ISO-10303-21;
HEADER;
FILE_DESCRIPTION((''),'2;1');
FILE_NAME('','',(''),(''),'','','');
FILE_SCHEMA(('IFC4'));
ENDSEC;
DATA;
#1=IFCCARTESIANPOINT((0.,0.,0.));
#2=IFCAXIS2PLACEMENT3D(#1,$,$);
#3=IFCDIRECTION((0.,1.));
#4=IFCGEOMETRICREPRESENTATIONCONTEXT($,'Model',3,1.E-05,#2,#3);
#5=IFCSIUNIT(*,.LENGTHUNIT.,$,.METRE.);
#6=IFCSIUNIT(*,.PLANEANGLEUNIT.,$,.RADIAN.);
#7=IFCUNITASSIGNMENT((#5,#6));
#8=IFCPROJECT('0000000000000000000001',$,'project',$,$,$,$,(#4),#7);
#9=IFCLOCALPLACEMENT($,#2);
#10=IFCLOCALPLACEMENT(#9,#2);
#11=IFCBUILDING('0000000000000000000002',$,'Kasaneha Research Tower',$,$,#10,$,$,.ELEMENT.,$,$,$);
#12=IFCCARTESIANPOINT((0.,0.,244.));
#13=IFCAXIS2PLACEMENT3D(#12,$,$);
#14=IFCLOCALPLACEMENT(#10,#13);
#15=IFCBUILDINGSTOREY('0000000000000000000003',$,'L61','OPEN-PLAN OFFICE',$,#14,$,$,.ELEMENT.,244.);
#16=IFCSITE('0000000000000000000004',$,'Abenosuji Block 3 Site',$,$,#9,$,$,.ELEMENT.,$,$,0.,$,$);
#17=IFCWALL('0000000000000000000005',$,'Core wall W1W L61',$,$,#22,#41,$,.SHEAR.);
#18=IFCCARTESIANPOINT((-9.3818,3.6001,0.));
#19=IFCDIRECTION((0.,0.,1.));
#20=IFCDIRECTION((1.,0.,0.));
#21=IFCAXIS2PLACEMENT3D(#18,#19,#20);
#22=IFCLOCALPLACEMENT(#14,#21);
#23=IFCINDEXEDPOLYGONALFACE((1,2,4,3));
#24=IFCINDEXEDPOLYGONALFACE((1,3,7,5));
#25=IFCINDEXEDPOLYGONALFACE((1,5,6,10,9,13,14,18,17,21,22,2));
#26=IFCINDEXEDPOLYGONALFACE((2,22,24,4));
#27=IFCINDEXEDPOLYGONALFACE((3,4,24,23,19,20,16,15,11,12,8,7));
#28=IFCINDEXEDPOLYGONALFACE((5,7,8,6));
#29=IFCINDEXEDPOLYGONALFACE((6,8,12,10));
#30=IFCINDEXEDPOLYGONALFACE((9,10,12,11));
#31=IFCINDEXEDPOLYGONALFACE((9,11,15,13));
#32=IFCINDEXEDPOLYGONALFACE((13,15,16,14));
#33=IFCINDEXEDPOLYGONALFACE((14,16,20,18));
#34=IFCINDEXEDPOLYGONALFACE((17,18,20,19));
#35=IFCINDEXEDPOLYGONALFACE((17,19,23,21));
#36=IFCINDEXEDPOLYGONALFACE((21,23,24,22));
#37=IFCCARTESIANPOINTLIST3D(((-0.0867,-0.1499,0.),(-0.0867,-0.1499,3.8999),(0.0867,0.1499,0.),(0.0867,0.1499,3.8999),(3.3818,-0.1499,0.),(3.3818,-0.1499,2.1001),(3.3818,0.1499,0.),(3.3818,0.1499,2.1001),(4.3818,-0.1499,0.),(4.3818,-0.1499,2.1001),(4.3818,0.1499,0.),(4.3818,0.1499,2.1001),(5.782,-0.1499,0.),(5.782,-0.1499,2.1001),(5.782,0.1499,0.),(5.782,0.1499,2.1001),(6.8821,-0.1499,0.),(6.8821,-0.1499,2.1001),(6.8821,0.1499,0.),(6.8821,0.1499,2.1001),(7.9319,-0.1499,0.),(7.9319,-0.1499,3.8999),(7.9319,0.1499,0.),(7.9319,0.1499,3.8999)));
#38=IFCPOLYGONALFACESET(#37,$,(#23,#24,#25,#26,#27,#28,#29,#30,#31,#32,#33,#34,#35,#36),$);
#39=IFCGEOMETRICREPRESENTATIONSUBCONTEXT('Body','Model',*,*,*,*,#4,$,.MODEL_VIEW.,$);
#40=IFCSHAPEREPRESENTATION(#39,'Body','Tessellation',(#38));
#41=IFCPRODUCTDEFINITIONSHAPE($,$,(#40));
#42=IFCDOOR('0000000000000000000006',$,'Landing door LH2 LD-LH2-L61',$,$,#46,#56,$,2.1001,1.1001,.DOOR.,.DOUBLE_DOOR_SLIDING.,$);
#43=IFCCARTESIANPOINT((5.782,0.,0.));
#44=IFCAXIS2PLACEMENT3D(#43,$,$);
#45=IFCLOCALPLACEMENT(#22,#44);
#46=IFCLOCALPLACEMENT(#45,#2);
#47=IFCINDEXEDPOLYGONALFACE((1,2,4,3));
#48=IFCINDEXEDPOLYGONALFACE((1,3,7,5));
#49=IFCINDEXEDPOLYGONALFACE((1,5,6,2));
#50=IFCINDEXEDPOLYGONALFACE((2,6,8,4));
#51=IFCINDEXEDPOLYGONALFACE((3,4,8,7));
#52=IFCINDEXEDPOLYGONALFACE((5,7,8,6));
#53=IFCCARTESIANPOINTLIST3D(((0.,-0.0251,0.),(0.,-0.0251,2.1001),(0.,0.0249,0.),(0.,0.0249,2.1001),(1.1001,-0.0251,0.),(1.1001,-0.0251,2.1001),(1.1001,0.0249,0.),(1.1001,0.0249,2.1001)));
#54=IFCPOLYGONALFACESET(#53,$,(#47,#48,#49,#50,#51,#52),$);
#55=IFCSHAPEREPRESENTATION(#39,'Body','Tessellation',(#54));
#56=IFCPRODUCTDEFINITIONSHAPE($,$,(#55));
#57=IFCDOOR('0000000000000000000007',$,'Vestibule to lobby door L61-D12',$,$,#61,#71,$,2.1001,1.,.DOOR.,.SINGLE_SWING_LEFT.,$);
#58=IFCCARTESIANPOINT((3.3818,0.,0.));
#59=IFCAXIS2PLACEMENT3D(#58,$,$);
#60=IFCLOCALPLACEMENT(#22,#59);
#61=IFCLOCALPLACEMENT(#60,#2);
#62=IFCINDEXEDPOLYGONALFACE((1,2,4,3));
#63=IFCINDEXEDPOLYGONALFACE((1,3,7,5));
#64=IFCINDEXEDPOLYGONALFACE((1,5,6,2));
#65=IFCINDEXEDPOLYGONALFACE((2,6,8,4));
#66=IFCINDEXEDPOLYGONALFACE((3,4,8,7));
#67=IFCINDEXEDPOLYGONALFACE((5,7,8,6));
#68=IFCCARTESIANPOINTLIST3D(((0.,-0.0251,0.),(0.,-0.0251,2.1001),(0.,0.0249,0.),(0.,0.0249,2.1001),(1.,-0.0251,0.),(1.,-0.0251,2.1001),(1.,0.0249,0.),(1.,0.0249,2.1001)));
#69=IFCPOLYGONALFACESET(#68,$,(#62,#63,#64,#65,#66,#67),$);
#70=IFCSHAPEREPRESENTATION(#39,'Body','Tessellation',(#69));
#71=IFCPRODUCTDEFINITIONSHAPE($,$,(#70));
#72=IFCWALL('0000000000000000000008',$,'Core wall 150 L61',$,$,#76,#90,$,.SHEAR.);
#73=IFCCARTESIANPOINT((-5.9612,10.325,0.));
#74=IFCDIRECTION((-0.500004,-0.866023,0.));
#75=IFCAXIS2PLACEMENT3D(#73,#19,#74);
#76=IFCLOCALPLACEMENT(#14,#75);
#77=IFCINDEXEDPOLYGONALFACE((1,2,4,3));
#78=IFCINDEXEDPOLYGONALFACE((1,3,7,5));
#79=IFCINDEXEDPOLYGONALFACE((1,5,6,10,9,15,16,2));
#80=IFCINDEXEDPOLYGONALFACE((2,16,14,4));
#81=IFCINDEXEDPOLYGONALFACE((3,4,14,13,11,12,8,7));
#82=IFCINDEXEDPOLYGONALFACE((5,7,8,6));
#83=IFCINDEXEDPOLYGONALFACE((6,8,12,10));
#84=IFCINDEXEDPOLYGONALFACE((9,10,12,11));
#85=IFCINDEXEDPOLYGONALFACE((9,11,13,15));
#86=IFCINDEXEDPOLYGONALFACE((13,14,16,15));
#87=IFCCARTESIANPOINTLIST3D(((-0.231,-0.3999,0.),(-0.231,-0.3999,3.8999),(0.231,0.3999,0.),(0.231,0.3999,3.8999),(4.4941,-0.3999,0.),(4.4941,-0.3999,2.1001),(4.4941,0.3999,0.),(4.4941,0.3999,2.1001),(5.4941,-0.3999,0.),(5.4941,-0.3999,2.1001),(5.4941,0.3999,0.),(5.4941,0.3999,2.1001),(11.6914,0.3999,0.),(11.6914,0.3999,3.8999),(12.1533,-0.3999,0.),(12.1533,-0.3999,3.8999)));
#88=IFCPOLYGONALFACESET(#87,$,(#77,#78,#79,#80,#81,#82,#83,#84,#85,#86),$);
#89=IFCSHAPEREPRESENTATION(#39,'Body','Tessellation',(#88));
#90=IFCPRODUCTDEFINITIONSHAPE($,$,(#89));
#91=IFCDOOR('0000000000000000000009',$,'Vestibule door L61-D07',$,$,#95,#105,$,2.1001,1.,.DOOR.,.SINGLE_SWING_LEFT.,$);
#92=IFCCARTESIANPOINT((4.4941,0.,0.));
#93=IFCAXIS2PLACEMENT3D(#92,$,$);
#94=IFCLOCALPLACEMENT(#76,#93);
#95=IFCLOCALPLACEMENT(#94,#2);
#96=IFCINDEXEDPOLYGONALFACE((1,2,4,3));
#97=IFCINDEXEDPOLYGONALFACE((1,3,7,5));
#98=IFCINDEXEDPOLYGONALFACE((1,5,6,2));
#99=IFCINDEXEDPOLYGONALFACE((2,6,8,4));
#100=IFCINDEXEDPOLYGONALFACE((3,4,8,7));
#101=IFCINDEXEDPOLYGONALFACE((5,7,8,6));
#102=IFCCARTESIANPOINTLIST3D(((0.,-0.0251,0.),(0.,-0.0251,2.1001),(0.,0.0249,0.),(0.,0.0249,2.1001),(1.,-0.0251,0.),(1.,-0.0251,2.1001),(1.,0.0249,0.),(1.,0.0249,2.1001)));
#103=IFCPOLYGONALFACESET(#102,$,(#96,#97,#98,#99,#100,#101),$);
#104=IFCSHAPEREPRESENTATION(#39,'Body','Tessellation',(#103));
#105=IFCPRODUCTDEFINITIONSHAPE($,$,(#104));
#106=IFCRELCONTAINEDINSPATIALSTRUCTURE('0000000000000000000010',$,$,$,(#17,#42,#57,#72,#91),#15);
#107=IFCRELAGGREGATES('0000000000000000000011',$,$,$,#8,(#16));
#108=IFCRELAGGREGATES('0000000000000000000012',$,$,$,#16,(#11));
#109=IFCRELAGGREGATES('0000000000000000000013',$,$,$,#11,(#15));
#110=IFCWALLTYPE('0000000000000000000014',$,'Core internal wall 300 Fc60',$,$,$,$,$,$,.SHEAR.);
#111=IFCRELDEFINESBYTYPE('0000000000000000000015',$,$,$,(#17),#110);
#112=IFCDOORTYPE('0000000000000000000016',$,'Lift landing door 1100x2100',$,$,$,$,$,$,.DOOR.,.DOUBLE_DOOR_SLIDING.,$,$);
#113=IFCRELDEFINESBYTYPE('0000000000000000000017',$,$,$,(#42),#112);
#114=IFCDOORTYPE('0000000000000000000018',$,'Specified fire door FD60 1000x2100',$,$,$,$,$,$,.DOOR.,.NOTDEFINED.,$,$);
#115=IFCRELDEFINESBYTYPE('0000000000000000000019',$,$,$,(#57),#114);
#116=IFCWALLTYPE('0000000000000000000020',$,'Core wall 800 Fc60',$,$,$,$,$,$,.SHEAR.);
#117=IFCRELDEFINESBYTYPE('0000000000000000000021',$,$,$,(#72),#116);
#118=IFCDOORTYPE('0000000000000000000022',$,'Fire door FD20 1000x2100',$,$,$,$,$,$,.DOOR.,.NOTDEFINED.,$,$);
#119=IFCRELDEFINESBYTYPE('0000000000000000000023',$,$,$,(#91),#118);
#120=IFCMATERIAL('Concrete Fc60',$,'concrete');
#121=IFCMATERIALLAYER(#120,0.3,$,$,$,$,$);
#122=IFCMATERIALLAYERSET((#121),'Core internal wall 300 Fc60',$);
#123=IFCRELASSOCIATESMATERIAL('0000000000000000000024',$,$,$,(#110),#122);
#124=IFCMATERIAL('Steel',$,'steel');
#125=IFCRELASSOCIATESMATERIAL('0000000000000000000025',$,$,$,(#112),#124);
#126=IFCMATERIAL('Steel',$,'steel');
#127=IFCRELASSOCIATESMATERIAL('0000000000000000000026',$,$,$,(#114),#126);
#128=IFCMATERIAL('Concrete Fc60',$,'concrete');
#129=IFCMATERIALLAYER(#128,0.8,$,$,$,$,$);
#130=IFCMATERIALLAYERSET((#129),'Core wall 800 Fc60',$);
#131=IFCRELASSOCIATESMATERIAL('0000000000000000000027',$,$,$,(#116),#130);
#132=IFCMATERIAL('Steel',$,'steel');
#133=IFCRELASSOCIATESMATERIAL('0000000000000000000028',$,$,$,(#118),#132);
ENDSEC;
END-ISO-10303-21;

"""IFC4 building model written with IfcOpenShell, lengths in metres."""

from ifc_helpers import new_model, si_unit, direction, frame, frame_2d, origin, place, context, subcontext, project, spatial, polyline, rectangle, outline, extrude, material, layer, layer_set, type_object, element, fill, save


model = new_model("IFC4")

# Units and contexts
model_context = context("Model", 3, precision=1e-05, world=origin(), true_north=direction((0.0, 1.0)))
body_context = subcontext(model_context, "Body", "Model", "MODEL_VIEW")
ifc_project = project(units=[si_unit("LENGTHUNIT", "METRE"), si_unit("PLANEANGLEUNIT", "RADIAN")], contexts=[model_context])

# Site, building, storey
site_placement = place(None, origin())
site = spatial("IfcSite", under=ifc_project, at=site_placement, Name="Abenosuji Block 3 Site", CompositionType="ELEMENT", RefElevation=0.0)
building_placement = place(site_placement, origin())
building = spatial("IfcBuilding", under=site, at=building_placement, Name="Kasaneha Research Tower", CompositionType="ELEMENT")
storey_placement = place(building_placement, frame((0.0, 0.0, 244.0)))
storey = spatial("IfcBuildingStorey", under=building, at=storey_placement, Name="L61", Description="OPEN-PLAN OFFICE", CompositionType="ELEMENT", Elevation=244.0)

# Wall, openings, doors
ifc_material_1 = material(Name="Concrete Fc60", Category="concrete")
ifc_layer_1 = layer(ifc_material_1, 0.3)
ifc_layer_set_1 = layer_set([ifc_layer_1], Name="Core internal wall 300 Fc60")
wall_type_1 = type_object("IfcWallType", Name="Core internal wall 300 Fc60", PredefinedType="SHEAR", material=ifc_layer_set_1)
wall_1_placement = place(storey_placement, frame((-9.3818, 3.6001, 0.0), z_axis=(0.0, 0.0, 1.0), x_axis=(1.0, 0.0, 0.0)))
wall_1 = element("IfcWall", 1, at=wall_1_placement, inside=storey, type_object=wall_type_1, Name="Core wall W1W L61", PredefinedType="SHEAR", context=body_context, shape_type="SweptSolid", body=[
    extrude(outline(polyline([(-0.0867, -0.1499), (3.3818, -0.1499), (4.3818, -0.1499), (5.782, -0.1499), (6.8821, -0.1499), (7.9319, -0.1499), (7.9319, 0.1499), (6.8821, 0.1499), (5.782, 0.1499), (4.3818, 0.1499), (3.3818, 0.1499), (0.0867, 0.1499), (-0.0867, -0.1499)])), origin(), (0.0, 0.0, 1.0), 3.8999),
])
opening_1_placement = place(wall_1_placement, frame((3.3818, 0.0, 0.0)))
opening_1 = element("IfcOpeningElement", 2, at=opening_1_placement, cuts=wall_1, PredefinedType="OPENING", context=body_context, shape_type="SweptSolid", body=[
    extrude(rectangle(XDim=1.0, YDim=2.1001, at=frame_2d((0.5, 1.05))), frame((0.0, 0.1602, 0.0), z_axis=(0.0, -1.0, 0.0), x_axis=(1.0, 0.0, 0.0)), (0.0, 0.0, 1.0), 0.3201),
])
opening_2_placement = place(wall_1_placement, frame((5.782, 0.0, 0.0)))
opening_2 = element("IfcOpeningElement", 3, at=opening_2_placement, cuts=wall_1, PredefinedType="OPENING", context=body_context, shape_type="SweptSolid", body=[
    extrude(rectangle(XDim=1.1001, YDim=2.1001, at=frame_2d((0.55, 1.05))), frame((0.0, 0.1602, 0.0), z_axis=(0.0, -1.0, 0.0), x_axis=(1.0, 0.0, 0.0)), (0.0, 0.0, 1.0), 0.3201),
])
ifc_material_2 = material(Name="Steel", Category="steel")
door_type_1 = type_object("IfcDoorType", Name="Lift landing door 1100x2100", OperationType="DOUBLE_DOOR_SLIDING", PredefinedType="DOOR", material=ifc_material_2)
door_1_placement = place(opening_2_placement, origin())
door_1 = element("IfcDoor", 4, at=door_1_placement, inside=storey, type_object=door_type_1, Name="Landing door LH2 LD-LH2-L61", OperationType="DOUBLE_DOOR_SLIDING", OverallHeight=2.1001, OverallWidth=1.1001, PredefinedType="DOOR", context=body_context, shape_type="SweptSolid", body=[
    extrude(rectangle(XDim=1.1001, YDim=2.1001, at=frame_2d((0.55, 1.05))), frame((0.0, 0.0249, 0.0), z_axis=(0.0, -1.0, 0.0), x_axis=(1.0, 0.0, 0.0)), (0.0, 0.0, 1.0), 0.05),
])
fill(opening_2, door_1)
ifc_material_3 = material(Name="Steel", Category="steel")
door_type_2 = type_object("IfcDoorType", Name="Specified fire door FD60 1000x2100", OperationType="NOTDEFINED", PredefinedType="DOOR", material=ifc_material_3)
door_2_placement = place(opening_1_placement, origin())
door_2 = element("IfcDoor", 5, at=door_2_placement, inside=storey, type_object=door_type_2, Name="Vestibule to lobby door L61-D12", OperationType="SINGLE_SWING_LEFT", OverallHeight=2.1001, OverallWidth=1.0, PredefinedType="DOOR", context=body_context, shape_type="SweptSolid", body=[
    extrude(rectangle(XDim=1.0, YDim=2.1001, at=frame_2d((0.5, 1.05))), frame((0.0, 0.0249, 0.0), z_axis=(0.0, -1.0, 0.0), x_axis=(1.0, 0.0, 0.0)), (0.0, 0.0, 1.0), 0.05),
])
fill(opening_1, door_2)

# Wall, opening, door
ifc_material_4 = material(Name="Concrete Fc60", Category="concrete")
ifc_layer_2 = layer(ifc_material_4, 0.8)
ifc_layer_set_2 = layer_set([ifc_layer_2], Name="Core wall 800 Fc60")
wall_type_2 = type_object("IfcWallType", Name="Core wall 800 Fc60", PredefinedType="SHEAR", material=ifc_layer_set_2)
wall_2_placement = place(storey_placement, frame((-5.9612, 10.325, 0.0), z_axis=(0.0, 0.0, 1.0), x_axis=(-0.500004, -0.866023, 0.0)))
wall_2 = element("IfcWall", 6, at=wall_2_placement, inside=storey, type_object=wall_type_2, Name="Core wall 150 L61", PredefinedType="SHEAR", context=body_context, shape_type="SweptSolid", body=[
    extrude(outline(polyline([(-0.231, -0.3999), (4.4941, -0.3999), (5.4941, -0.3999), (12.1533, -0.3999), (11.6914, 0.3999), (5.4941, 0.3999), (4.4941, 0.3999), (0.231, 0.3999), (-0.231, -0.3999)])), origin(), (0.0, 0.0, 1.0), 3.8999),
])
opening_3_placement = place(wall_2_placement, frame((4.4941, 0.0, 0.0)))
opening_3 = element("IfcOpeningElement", 7, at=opening_3_placement, cuts=wall_2, PredefinedType="OPENING", context=body_context, shape_type="SweptSolid", body=[
    extrude(rectangle(XDim=1.0, YDim=2.1001, at=frame_2d((0.5, 1.05))), frame((0.0, 0.4102, 0.0), z_axis=(0.0, -1.0, 0.0), x_axis=(1.0, 0.0, 0.0)), (0.0, 0.0, 1.0), 0.8201),
])
ifc_material_5 = material(Name="Steel", Category="steel")
door_type_3 = type_object("IfcDoorType", Name="Fire door FD20 1000x2100", OperationType="NOTDEFINED", PredefinedType="DOOR", material=ifc_material_5)
door_3_placement = place(opening_3_placement, origin())
door_3 = element("IfcDoor", 8, at=door_3_placement, inside=storey, type_object=door_type_3, Name="Vestibule door L61-D07", OperationType="SINGLE_SWING_LEFT", OverallHeight=2.1001, OverallWidth=1.0, PredefinedType="DOOR", context=body_context, shape_type="SweptSolid", body=[
    extrude(rectangle(XDim=1.0, YDim=2.1001, at=frame_2d((0.5, 1.05))), frame((0.0, 0.0249, 0.0), z_axis=(0.0, -1.0, 0.0), x_axis=(1.0, 0.0, 0.0)), (0.0, 0.0, 1.0), 0.05),
])
fill(opening_3, door_3)

save(model, "model.ifc")
